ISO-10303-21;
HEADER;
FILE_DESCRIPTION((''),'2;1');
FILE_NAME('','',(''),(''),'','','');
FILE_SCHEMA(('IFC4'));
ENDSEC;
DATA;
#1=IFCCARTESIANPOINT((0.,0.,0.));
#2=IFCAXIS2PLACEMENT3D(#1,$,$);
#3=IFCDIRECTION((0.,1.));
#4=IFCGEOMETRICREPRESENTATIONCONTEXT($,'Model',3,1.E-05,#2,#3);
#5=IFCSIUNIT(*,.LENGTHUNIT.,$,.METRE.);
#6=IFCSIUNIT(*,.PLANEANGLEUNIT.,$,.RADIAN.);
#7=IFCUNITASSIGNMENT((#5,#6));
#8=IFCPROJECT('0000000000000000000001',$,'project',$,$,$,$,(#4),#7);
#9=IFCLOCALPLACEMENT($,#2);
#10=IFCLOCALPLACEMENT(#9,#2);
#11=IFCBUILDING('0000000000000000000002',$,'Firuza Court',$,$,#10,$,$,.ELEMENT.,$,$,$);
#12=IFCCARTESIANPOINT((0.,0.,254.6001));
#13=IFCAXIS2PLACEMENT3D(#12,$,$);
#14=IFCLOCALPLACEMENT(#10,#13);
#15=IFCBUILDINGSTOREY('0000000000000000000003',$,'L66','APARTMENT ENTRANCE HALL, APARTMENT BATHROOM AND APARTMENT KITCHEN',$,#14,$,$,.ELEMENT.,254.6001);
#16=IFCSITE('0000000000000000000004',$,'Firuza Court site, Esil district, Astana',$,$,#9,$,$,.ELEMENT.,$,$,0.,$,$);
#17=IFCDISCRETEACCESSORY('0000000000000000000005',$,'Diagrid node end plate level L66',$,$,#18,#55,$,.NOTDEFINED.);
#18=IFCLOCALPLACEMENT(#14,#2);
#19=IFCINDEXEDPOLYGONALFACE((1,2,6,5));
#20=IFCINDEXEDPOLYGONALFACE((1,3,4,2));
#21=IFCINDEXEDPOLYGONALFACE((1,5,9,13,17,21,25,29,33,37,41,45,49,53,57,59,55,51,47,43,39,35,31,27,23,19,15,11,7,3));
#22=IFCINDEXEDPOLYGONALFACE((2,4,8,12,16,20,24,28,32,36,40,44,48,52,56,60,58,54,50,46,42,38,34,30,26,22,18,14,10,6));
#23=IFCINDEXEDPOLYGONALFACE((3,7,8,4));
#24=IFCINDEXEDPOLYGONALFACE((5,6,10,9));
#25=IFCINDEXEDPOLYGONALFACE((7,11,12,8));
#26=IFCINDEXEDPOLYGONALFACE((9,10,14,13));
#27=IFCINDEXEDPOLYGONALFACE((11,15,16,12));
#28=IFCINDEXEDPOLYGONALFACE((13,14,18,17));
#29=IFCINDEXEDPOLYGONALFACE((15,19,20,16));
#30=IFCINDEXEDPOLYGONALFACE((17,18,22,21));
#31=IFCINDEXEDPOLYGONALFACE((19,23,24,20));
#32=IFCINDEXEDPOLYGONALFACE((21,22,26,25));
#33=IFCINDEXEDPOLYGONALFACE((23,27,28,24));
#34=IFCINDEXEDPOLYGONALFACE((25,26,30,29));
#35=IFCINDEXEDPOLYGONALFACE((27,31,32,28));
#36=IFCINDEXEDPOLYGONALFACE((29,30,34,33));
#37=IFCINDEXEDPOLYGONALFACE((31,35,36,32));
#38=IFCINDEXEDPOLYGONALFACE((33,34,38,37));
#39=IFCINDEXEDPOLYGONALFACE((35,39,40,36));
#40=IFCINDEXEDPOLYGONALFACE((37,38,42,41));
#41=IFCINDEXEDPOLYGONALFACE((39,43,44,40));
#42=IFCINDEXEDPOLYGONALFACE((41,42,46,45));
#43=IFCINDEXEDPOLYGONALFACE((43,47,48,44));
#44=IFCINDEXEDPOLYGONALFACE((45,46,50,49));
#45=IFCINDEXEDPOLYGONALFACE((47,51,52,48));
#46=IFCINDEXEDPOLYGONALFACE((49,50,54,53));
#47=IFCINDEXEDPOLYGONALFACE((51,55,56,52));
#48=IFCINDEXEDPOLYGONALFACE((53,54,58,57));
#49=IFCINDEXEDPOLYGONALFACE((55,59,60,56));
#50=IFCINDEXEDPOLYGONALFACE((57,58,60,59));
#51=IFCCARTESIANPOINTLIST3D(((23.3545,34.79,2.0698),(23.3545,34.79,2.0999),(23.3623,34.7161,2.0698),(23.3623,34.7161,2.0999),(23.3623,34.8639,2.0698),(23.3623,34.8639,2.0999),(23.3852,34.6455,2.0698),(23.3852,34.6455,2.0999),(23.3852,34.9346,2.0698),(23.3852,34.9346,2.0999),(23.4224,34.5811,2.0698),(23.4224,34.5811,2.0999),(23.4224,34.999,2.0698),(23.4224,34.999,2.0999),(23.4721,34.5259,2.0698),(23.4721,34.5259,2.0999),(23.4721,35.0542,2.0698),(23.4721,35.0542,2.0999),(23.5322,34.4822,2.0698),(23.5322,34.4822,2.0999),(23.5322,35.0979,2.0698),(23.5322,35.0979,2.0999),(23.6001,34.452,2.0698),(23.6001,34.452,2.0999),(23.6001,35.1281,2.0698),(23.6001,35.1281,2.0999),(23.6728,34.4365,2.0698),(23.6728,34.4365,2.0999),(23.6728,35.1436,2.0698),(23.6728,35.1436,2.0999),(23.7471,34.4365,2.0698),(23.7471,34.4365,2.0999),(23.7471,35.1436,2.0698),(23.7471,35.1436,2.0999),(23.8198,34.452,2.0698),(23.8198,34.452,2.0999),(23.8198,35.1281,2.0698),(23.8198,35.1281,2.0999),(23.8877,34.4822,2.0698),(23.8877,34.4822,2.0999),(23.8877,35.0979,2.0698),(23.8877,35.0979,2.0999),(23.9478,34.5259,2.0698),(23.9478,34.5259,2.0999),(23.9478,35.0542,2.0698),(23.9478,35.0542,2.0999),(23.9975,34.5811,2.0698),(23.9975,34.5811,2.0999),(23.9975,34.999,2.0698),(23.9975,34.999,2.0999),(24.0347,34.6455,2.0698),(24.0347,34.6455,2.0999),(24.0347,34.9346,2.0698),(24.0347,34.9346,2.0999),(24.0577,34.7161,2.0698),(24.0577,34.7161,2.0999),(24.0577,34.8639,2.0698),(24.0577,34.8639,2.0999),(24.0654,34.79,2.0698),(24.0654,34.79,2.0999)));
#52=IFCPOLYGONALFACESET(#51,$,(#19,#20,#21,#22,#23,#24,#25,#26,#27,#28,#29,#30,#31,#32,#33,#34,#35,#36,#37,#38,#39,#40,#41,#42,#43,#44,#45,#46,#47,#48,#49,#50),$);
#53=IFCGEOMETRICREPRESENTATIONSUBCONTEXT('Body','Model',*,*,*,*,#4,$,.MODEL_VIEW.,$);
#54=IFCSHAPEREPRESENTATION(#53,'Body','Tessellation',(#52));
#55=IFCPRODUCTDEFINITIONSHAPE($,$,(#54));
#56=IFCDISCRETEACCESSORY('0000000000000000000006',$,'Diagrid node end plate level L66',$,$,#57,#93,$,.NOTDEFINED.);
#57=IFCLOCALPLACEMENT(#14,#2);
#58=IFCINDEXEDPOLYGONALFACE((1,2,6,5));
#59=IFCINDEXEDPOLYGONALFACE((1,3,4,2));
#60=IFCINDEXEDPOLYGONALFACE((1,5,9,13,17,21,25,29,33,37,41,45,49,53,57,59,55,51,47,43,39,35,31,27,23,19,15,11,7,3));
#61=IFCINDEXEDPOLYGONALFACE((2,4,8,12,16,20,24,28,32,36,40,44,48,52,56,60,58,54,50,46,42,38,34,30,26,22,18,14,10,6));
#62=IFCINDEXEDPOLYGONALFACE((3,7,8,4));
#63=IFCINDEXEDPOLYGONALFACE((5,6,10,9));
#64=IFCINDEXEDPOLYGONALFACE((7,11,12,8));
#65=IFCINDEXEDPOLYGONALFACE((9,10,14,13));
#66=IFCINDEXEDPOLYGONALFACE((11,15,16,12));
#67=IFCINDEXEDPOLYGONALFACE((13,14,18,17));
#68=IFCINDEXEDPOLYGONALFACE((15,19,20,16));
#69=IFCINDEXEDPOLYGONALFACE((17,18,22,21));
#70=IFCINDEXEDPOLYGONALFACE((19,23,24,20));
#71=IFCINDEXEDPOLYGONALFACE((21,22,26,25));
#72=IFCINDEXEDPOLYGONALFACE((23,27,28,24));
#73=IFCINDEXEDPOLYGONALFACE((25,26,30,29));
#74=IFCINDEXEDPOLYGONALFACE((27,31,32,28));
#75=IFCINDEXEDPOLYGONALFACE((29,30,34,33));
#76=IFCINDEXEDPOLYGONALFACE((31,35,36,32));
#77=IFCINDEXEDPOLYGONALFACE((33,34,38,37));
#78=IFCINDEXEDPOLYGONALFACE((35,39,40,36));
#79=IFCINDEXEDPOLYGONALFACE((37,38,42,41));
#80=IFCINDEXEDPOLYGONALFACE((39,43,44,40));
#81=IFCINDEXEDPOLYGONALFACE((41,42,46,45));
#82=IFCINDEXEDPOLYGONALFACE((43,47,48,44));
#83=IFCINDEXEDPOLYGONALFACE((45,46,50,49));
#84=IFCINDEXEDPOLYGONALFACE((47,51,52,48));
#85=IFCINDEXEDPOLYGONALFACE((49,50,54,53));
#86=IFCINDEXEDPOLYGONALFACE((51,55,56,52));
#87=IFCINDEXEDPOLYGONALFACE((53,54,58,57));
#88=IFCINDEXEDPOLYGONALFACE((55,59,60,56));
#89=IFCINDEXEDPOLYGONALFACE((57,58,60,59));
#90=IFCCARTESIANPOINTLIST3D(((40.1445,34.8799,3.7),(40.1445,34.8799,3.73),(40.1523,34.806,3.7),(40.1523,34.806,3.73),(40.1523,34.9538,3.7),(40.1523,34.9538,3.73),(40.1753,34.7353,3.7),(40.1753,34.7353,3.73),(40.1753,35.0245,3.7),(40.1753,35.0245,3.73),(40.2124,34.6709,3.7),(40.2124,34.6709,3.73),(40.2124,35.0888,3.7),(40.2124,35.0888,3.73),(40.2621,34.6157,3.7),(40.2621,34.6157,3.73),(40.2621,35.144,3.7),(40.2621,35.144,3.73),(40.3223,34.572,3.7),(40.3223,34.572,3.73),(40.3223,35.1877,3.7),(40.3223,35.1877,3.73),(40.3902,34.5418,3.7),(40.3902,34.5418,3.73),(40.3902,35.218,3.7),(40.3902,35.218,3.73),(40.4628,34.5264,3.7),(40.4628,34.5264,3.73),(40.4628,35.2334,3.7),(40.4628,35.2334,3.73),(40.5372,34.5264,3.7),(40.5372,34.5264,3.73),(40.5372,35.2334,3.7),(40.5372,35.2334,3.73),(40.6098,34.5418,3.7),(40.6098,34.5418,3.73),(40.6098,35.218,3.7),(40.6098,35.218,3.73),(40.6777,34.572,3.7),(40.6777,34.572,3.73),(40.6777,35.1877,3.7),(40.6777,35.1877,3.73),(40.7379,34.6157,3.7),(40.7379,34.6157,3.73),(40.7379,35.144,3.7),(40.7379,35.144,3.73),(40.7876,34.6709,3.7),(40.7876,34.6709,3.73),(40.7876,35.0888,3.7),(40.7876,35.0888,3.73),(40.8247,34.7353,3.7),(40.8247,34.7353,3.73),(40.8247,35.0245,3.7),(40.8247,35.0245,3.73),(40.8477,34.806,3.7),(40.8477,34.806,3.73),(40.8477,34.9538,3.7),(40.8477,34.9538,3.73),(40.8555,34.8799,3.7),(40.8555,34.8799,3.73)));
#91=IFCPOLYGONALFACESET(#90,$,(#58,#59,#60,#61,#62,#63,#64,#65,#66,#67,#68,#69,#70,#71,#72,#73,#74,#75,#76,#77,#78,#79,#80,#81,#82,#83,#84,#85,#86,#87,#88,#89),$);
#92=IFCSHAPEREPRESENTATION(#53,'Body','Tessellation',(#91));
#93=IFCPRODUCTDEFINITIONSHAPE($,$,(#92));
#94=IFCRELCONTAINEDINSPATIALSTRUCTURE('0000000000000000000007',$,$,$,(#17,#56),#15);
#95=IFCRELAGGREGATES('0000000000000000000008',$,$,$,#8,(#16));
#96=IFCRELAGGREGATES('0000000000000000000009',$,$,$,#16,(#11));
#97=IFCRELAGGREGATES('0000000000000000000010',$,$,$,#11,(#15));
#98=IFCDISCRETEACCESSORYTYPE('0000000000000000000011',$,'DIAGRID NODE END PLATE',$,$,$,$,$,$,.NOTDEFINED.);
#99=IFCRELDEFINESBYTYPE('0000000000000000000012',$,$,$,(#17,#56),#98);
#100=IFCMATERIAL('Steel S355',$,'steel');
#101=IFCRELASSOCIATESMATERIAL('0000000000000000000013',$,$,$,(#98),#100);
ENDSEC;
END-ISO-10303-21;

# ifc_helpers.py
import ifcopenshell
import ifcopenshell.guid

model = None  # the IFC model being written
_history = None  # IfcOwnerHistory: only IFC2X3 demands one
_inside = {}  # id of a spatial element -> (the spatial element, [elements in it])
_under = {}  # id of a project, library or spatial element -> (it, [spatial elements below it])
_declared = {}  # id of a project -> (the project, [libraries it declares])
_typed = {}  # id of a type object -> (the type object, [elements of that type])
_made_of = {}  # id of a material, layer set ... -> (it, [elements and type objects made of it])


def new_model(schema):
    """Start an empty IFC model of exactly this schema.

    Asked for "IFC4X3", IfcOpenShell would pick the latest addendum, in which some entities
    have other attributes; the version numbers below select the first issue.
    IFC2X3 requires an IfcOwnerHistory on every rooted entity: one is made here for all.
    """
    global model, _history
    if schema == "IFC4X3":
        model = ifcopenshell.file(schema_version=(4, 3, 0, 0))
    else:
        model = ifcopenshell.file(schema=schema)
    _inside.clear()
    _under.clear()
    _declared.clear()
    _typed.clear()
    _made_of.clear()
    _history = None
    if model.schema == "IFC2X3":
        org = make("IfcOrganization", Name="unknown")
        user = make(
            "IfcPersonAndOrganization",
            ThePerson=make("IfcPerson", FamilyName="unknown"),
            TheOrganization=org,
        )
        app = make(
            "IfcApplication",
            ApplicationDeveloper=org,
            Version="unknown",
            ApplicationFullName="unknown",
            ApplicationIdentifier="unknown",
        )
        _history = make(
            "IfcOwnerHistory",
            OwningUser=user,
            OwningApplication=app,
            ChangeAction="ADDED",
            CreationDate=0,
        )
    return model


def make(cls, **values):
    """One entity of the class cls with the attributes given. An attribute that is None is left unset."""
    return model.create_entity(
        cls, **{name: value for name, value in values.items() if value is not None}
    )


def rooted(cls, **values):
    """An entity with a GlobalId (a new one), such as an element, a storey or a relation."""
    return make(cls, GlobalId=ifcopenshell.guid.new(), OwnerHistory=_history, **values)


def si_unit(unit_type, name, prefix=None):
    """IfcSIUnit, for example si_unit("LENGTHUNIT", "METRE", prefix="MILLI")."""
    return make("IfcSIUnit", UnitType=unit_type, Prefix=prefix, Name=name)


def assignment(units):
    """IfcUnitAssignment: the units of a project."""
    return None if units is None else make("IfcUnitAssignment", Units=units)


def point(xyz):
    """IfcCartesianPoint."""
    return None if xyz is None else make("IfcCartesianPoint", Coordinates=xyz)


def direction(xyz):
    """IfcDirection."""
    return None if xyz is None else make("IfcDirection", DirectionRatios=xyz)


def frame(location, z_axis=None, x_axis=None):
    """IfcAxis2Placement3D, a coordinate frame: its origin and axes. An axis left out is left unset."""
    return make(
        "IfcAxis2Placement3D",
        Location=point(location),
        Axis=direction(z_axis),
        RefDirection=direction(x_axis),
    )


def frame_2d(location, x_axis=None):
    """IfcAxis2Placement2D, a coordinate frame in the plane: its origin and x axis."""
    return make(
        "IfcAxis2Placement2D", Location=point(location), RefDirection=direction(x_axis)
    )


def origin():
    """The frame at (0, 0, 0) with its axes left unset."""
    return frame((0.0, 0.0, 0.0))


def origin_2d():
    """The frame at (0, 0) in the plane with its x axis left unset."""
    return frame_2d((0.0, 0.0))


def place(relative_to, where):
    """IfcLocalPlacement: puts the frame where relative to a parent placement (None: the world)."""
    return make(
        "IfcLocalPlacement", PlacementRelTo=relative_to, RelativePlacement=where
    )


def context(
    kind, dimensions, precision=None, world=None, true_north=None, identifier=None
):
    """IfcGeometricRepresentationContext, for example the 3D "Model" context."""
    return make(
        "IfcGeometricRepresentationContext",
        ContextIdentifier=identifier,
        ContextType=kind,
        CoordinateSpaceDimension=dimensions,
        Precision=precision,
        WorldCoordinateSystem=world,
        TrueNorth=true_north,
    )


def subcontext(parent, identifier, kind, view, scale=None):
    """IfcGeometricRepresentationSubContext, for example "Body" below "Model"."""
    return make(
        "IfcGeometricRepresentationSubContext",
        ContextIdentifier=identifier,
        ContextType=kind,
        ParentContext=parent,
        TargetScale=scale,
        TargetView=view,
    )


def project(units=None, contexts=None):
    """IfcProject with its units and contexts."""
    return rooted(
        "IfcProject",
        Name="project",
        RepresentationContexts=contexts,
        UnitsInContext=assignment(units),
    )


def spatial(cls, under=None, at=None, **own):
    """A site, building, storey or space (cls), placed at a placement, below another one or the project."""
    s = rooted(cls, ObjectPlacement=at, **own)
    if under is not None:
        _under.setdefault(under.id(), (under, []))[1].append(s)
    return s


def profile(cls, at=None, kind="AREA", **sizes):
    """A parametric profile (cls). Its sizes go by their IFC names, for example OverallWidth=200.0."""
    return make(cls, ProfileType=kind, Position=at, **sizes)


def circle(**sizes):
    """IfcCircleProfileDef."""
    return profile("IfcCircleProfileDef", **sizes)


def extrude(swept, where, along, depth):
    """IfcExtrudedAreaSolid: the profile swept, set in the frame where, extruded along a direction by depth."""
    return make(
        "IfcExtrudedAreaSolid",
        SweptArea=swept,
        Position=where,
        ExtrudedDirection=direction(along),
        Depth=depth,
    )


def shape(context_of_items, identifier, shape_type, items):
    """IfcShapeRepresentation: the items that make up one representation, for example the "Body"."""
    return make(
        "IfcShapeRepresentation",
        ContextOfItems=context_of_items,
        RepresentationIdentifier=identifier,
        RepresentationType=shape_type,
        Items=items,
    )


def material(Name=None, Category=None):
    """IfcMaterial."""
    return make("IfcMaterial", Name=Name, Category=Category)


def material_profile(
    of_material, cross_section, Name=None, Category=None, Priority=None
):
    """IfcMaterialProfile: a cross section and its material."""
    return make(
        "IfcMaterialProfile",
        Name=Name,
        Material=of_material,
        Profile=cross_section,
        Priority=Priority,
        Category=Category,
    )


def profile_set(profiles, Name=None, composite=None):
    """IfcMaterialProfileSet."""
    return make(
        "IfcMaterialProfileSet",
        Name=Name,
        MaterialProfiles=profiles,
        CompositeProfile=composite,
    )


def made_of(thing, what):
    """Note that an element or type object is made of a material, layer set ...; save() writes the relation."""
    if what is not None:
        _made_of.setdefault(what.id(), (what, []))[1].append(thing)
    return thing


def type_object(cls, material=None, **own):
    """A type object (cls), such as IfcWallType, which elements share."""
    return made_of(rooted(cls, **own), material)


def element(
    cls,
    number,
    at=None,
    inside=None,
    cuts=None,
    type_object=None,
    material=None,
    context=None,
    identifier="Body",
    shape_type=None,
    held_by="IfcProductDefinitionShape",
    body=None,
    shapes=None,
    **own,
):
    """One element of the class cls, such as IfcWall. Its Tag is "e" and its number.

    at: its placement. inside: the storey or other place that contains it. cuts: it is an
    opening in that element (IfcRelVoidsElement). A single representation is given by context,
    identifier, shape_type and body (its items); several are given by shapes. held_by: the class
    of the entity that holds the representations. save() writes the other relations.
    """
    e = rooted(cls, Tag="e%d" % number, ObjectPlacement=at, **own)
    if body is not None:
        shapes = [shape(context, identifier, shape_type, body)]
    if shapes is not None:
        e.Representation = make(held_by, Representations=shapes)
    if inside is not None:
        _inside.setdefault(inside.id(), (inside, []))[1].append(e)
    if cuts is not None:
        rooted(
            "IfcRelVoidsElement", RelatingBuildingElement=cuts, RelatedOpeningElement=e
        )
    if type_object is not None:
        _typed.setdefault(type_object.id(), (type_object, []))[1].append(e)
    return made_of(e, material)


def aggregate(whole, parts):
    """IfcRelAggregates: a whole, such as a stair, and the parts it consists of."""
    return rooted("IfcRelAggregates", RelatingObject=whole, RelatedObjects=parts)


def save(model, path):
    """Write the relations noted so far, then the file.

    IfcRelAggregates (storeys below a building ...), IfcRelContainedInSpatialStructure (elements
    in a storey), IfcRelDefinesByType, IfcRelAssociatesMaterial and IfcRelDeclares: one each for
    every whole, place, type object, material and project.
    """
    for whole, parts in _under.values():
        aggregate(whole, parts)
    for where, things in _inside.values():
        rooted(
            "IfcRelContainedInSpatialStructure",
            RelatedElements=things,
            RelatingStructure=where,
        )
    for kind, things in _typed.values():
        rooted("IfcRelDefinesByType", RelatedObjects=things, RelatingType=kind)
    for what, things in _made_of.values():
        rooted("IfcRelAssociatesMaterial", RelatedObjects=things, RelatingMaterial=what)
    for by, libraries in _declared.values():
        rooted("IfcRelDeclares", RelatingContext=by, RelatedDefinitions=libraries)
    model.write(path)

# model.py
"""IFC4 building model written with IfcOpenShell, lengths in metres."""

from ifc_helpers import new_model, si_unit, direction, frame, origin, origin_2d, place, context, subcontext, project, spatial, circle, extrude, material, material_profile, profile_set, type_object, element, save


model = new_model("IFC4")

# Units and contexts
model_context = context("Model", 3, precision=1e-05, world=origin(), true_north=direction((0.0, 1.0)))
body_context = subcontext(model_context, "Body", "Model", "MODEL_VIEW")
ifc_project = project(units=[si_unit("LENGTHUNIT", "METRE"), si_unit("PLANEANGLEUNIT", "RADIAN")], contexts=[model_context])

# Site, building, storey
site_placement = place(None, origin())
site = spatial("IfcSite", under=ifc_project, at=site_placement, Name="Firuza Court site, Esil district, Astana", CompositionType="ELEMENT", RefElevation=0.0)
building_placement = place(site_placement, origin())
building = spatial("IfcBuilding", under=site, at=building_placement, Name="Firuza Court", CompositionType="ELEMENT")
storey_placement = place(building_placement, frame((0.0, 0.0, 254.6001)))
storey = spatial("IfcBuildingStorey", under=building, at=storey_placement, Name="L66", Description="APARTMENT ENTRANCE HALL, APARTMENT BATHROOM AND APARTMENT KITCHEN", CompositionType="ELEMENT", Elevation=254.6001)

# Discrete accessories
ifc_material_1 = material(Name="Steel S355", Category="steel")
ifc_material_profile_1 = material_profile(ifc_material_1, circle(Radius=0.3555, at=origin_2d()), Name="PL D711")
ifc_profile_set_1 = profile_set([ifc_material_profile_1], Name="Steel S355")
discrete_accessory_type = type_object("IfcDiscreteAccessoryType", Name="DIAGRID NODE END PLATE", PredefinedType="NOTDEFINED", material=ifc_profile_set_1)
for number, where, z_axis, x_axis, name in (
    (1, (23.71, 34.79, 2.0698), (0.0, 0.0, 1.0), (1.0, 0.0, 0.0), "Diagrid node end plate level L66"),
    (2, (40.5, 34.8799, 3.7), (0.0, 0.0, 1.0), (1.0, 0.0, 0.0), "Diagrid node end plate level L66"),
):
    element("IfcDiscreteAccessory", number, at=place(storey_placement, frame(where, z_axis=z_axis, x_axis=x_axis)), inside=storey, type_object=discrete_accessory_type, Name=name, PredefinedType="NOTDEFINED", context=body_context, shape_type="SweptSolid", body=[
        extrude(circle(Radius=0.3555, at=origin_2d()), origin(), (0.0, 0.0, 1.0), 0.03),
    ])

save(model, "model.ifc")
